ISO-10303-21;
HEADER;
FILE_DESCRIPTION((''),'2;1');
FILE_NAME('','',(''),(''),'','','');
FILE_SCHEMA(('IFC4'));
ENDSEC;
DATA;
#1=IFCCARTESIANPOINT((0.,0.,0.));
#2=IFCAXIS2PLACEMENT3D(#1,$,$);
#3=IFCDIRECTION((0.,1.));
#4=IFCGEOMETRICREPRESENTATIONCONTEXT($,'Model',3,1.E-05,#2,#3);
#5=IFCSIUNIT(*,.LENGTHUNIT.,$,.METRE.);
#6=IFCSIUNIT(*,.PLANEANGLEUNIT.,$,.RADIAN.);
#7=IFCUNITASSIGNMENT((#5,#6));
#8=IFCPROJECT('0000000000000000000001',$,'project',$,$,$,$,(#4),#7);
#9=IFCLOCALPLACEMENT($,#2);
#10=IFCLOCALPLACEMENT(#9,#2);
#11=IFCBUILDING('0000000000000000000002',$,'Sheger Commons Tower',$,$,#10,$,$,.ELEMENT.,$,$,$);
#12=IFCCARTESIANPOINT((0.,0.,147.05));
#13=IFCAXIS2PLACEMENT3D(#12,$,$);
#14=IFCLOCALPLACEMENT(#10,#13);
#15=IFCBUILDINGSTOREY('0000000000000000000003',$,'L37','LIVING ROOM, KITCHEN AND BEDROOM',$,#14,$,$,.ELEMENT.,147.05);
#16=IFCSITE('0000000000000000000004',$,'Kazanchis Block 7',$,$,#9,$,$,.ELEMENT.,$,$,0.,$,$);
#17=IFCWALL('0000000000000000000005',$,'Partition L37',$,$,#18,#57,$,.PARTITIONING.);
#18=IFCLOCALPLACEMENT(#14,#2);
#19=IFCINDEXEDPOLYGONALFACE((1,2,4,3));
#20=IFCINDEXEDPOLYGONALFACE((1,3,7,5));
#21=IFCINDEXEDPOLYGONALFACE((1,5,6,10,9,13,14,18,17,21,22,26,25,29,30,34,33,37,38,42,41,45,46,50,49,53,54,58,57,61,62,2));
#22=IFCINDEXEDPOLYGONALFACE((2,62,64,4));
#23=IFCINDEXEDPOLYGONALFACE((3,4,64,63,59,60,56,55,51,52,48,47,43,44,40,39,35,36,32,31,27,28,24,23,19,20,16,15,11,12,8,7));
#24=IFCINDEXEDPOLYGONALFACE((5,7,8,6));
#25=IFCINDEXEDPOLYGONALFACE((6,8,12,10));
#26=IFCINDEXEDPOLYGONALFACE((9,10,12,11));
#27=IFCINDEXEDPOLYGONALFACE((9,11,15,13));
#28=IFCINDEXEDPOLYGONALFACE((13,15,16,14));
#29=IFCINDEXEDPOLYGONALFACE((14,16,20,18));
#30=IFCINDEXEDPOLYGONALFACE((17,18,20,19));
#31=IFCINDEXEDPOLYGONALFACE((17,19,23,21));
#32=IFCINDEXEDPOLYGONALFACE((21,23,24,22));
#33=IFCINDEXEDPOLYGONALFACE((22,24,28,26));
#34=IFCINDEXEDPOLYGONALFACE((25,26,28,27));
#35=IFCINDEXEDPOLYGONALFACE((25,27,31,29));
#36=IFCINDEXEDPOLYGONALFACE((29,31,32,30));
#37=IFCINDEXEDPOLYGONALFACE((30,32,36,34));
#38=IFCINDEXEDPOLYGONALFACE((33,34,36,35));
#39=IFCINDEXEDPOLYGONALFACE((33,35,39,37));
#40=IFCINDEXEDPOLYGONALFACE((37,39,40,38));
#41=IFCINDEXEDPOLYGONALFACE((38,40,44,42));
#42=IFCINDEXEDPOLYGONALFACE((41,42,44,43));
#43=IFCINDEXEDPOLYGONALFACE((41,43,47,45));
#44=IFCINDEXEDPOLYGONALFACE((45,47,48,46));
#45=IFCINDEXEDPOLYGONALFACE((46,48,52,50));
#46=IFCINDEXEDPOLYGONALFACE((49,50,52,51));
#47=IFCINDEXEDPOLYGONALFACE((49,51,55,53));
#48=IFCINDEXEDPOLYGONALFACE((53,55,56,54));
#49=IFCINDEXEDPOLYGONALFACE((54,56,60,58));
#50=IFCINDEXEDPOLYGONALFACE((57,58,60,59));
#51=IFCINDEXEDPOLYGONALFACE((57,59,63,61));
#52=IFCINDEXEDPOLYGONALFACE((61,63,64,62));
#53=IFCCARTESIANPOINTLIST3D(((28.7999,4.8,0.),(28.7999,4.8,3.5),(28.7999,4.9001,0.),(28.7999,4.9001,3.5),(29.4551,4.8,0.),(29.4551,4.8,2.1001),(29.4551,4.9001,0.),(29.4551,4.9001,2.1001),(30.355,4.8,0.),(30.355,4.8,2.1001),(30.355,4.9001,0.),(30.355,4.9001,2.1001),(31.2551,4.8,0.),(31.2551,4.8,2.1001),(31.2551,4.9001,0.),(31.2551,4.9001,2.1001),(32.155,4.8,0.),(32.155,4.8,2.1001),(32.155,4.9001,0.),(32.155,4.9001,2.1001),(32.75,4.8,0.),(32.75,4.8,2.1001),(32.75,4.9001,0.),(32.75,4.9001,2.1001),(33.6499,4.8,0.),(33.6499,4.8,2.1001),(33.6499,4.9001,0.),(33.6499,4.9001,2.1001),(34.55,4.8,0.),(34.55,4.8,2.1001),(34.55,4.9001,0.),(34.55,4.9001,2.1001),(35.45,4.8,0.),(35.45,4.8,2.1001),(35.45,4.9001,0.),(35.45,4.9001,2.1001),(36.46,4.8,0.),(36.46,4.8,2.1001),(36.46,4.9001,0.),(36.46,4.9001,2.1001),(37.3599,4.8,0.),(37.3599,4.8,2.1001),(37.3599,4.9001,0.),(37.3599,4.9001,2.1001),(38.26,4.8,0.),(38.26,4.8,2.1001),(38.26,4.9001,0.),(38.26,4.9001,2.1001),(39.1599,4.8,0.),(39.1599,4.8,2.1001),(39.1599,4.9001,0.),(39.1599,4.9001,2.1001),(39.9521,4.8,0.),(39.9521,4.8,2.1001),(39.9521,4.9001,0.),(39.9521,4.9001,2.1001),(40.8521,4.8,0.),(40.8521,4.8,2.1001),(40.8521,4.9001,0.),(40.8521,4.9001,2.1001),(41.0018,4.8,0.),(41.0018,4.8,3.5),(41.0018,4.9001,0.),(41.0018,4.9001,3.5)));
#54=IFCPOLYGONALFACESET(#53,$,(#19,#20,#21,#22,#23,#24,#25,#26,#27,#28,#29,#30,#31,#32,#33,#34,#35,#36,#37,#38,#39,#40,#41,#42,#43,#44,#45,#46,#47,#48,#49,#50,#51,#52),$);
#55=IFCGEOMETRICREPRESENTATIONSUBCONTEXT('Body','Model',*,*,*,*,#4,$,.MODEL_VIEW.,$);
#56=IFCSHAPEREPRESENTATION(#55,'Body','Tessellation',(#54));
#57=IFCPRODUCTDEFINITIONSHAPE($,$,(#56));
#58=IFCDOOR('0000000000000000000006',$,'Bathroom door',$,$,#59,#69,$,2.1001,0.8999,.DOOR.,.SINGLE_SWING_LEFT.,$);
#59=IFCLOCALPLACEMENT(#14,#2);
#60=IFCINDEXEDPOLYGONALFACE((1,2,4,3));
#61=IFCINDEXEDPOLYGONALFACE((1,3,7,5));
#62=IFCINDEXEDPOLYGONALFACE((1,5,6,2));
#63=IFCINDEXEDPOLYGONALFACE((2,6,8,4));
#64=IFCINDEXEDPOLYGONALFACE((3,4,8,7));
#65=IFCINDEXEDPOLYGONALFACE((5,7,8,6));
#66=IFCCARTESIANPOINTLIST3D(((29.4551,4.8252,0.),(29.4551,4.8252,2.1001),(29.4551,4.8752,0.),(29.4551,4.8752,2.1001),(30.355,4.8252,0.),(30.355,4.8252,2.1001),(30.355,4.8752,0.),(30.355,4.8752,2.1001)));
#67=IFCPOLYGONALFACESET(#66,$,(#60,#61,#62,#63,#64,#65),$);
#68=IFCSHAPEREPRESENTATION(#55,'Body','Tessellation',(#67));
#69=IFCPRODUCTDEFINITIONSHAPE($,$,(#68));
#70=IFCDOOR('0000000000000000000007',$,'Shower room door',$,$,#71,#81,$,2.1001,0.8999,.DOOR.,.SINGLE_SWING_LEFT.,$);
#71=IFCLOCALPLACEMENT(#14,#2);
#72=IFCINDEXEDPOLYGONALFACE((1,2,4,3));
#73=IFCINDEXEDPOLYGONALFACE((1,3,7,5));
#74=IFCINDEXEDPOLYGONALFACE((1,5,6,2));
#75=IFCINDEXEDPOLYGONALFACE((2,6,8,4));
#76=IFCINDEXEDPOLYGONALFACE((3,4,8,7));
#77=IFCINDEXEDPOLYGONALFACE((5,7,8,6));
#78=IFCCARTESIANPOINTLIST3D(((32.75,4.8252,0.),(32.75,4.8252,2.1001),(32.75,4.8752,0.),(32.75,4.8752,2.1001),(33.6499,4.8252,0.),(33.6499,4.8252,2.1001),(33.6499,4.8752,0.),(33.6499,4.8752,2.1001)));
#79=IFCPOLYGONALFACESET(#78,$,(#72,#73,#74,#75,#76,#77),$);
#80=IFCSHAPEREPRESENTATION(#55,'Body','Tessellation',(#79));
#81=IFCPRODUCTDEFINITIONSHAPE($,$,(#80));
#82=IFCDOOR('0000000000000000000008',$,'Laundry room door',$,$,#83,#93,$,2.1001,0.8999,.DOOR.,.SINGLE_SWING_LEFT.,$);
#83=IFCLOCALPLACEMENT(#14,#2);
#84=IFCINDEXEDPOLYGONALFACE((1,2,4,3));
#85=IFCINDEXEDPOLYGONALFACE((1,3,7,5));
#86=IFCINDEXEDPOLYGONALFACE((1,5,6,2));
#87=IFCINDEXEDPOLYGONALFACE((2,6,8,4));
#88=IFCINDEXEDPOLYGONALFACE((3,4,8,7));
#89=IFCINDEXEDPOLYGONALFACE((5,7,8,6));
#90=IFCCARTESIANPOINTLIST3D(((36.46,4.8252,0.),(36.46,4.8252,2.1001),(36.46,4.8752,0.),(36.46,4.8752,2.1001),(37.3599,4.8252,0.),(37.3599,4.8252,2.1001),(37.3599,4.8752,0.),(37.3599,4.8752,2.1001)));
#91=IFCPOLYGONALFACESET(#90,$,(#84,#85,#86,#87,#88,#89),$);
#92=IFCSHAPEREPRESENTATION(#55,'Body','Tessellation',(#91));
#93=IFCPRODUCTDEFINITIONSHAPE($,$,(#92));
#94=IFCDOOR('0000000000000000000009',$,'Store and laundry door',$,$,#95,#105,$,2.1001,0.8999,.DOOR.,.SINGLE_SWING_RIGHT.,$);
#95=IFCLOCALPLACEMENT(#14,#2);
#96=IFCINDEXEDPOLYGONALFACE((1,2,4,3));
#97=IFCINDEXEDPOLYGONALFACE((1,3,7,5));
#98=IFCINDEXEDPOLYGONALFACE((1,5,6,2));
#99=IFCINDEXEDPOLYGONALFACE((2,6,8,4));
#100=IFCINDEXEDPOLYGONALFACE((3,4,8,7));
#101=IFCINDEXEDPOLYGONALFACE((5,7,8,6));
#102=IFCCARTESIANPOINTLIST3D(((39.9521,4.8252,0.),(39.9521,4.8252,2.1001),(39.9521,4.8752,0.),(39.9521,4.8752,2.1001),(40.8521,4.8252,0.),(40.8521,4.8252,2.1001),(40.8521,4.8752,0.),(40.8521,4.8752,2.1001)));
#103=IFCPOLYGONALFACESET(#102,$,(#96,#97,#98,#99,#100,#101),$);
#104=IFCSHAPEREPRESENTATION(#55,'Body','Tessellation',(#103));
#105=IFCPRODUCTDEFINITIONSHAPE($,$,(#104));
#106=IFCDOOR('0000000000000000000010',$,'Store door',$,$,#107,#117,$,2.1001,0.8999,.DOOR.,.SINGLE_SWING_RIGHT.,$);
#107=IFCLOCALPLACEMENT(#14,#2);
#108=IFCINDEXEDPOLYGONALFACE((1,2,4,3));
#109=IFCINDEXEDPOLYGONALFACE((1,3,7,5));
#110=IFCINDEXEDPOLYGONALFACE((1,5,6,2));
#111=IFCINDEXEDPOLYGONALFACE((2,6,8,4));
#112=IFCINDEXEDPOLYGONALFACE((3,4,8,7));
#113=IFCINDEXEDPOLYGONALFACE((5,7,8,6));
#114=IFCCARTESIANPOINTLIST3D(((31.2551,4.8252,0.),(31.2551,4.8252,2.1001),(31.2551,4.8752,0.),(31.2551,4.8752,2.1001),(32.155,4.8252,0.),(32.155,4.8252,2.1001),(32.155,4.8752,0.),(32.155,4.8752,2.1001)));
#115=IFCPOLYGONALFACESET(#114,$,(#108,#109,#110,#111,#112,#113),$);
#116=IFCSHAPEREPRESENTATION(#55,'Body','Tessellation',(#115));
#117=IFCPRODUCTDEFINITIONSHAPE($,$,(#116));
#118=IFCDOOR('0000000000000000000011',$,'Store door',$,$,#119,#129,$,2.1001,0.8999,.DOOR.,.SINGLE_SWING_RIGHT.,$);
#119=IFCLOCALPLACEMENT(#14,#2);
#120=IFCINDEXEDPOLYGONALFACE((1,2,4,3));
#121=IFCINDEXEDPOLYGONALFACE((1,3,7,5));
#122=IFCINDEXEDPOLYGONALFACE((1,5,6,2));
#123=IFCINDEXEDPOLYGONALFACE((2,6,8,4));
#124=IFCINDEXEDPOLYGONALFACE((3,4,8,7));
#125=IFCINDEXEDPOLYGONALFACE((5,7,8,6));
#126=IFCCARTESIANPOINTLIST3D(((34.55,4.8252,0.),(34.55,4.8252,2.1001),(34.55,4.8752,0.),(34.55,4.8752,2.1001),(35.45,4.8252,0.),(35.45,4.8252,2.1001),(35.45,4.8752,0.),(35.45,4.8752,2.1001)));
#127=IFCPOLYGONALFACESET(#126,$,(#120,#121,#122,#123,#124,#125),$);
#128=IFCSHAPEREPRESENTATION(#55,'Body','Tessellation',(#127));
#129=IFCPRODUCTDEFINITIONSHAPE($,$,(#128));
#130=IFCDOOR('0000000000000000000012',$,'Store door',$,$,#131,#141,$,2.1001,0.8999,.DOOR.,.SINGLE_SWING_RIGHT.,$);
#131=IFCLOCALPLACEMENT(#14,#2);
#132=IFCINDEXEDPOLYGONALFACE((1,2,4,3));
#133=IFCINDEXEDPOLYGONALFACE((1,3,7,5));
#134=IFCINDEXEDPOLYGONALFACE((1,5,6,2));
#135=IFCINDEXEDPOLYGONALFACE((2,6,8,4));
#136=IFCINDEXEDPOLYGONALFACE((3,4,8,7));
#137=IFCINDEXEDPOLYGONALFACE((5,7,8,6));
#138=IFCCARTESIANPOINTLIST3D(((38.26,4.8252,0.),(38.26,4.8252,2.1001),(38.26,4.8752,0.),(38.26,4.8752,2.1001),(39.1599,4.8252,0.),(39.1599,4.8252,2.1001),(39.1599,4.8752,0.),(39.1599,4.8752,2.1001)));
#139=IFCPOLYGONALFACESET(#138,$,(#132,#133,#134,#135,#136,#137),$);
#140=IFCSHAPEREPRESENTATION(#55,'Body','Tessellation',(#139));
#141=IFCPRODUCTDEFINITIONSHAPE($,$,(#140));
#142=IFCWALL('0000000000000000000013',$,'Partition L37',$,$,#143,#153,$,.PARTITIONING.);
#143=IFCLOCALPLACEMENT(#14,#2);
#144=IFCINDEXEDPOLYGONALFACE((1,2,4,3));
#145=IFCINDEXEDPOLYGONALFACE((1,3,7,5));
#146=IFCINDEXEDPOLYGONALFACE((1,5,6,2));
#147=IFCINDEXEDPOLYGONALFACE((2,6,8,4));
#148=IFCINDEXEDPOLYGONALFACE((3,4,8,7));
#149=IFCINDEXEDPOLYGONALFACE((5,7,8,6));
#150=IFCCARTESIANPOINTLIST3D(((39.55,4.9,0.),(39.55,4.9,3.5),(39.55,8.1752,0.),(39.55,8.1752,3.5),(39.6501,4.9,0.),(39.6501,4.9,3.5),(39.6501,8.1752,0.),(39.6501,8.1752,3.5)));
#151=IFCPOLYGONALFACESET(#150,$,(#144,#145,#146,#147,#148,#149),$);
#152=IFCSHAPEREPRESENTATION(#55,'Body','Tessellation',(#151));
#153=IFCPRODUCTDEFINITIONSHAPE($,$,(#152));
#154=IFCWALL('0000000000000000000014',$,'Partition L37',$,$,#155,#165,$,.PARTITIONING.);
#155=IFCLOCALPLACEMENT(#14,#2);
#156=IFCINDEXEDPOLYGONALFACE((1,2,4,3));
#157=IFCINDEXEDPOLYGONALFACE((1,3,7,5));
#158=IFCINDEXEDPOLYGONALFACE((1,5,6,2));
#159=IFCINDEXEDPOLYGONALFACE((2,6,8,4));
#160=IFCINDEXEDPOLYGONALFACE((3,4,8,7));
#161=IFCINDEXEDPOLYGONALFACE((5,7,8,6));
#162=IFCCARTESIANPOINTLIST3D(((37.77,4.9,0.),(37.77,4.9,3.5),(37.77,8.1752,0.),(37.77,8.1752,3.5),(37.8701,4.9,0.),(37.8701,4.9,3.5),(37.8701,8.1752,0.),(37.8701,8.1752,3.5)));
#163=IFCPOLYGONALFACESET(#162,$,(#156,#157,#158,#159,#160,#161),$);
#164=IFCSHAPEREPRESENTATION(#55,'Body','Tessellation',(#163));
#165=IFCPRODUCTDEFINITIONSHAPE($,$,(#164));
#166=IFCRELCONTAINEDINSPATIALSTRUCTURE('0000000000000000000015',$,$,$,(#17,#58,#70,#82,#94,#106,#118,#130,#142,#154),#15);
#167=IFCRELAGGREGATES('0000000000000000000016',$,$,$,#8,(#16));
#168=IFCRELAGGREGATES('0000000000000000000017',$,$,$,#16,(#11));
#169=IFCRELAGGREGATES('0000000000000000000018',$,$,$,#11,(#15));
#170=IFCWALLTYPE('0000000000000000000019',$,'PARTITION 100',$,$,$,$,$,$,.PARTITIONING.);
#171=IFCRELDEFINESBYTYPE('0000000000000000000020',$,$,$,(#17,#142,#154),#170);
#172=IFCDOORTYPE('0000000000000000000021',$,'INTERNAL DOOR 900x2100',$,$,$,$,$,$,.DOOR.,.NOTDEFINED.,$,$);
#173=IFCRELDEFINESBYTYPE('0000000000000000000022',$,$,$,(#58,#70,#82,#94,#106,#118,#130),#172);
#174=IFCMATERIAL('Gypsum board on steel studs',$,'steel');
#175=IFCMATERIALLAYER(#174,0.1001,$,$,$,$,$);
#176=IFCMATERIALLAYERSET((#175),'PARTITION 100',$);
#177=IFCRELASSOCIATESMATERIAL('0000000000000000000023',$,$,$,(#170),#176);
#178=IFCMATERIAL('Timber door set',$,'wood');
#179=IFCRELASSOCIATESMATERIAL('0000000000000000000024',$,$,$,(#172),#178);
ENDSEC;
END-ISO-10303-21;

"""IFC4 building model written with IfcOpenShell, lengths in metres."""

from ifc_helpers import new_model, si_unit, direction, frame, frame_2d, origin, place, context, subcontext, project, spatial, rectangle, extrude, material, layer, layer_set, type_object, element, fill, save


model = new_model("IFC4")

# Units and contexts
model_context = context("Model", 3, precision=1e-05, world=origin(), true_north=direction((0.0, 1.0)))
body_context = subcontext(model_context, "Body", "Model", "MODEL_VIEW")
ifc_project = project(units=[si_unit("LENGTHUNIT", "METRE"), si_unit("PLANEANGLEUNIT", "RADIAN")], contexts=[model_context])

# Site, building, storey
site_placement = place(None, origin())
site = spatial("IfcSite", under=ifc_project, at=site_placement, Name="Kazanchis Block 7", CompositionType="ELEMENT", RefElevation=0.0)
building_placement = place(site_placement, origin())
building = spatial("IfcBuilding", under=site, at=building_placement, Name="Sheger Commons Tower", CompositionType="ELEMENT")
storey_placement = place(building_placement, frame((0.0, 0.0, 147.05)))
storey = spatial("IfcBuildingStorey", under=building, at=storey_placement, Name="L37", Description="LIVING ROOM, KITCHEN AND BEDROOM", CompositionType="ELEMENT", Elevation=147.05)

# Wall, openings, doors
ifc_material_1 = material(Name="Gypsum board on steel studs", Category="steel")
ifc_layer_1 = layer(ifc_material_1, 0.1001)
ifc_layer_set_1 = layer_set([ifc_layer_1], Name="PARTITION 100")
wall_type_1 = type_object("IfcWallType", Name="PARTITION 100", PredefinedType="PARTITIONING", material=ifc_layer_set_1)
ifc_material_2 = material(Name="Timber door set", Category="wood")
door_type = type_object("IfcDoorType", Name="INTERNAL DOOR 900x2100", OperationType="NOTDEFINED", PredefinedType="DOOR", material=ifc_material_2)
wall_1_placement = place(storey_placement, frame((41.002, 4.8501, 0.0), z_axis=(0.0, 0.0, 1.0), x_axis=(-1.0, 0.0, 0.0)))
wall_1 = element("IfcWall", 1, at=wall_1_placement, inside=storey, type_object=wall_type_1, Name="Partition L37", PredefinedType="PARTITIONING", context=body_context, shape_type="SweptSolid", body=[
    extrude(rectangle(XDim=12.2019, YDim=0.1001, at=frame_2d((6.1011, 0.0))), origin(), (0.0, 0.0, 1.0), 3.5),
])
opening_1_placement = place(wall_1_placement, frame((10.647, 0.0, 0.0)))
opening_1 = element("IfcOpeningElement", 2, at=opening_1_placement, cuts=wall_1, PredefinedType="OPENING", context=body_context, shape_type="SweptSolid", body=[
    extrude(rectangle(XDim=0.8999, YDim=2.1001, at=frame_2d((0.45, 1.05))), frame((0.0, 0.0601, 0.0), z_axis=(0.0, -1.0, 0.0), x_axis=(1.0, 0.0, 0.0)), (0.0, 0.0, 1.0), 0.1201),
])
opening_2_placement = place(wall_1_placement, frame((7.3521, 0.0, 0.0)))
opening_2 = element("IfcOpeningElement", 3, at=opening_2_placement, cuts=wall_1, PredefinedType="OPENING", context=body_context, shape_type="SweptSolid", body=[
    extrude(rectangle(XDim=0.8999, YDim=2.1001, at=frame_2d((0.45, 1.05))), frame((0.0, 0.0601, 0.0), z_axis=(0.0, -1.0, 0.0), x_axis=(1.0, 0.0, 0.0)), (0.0, 0.0, 1.0), 0.1201),
])
opening_3_placement = place(wall_1_placement, frame((3.6421, 0.0, 0.0)))
opening_3 = element("IfcOpeningElement", 4, at=opening_3_placement, cuts=wall_1, PredefinedType="OPENING", context=body_context, shape_type="SweptSolid", body=[
    extrude(rectangle(XDim=0.8999, YDim=2.1001, at=frame_2d((0.45, 1.05))), frame((0.0, 0.0601, 0.0), z_axis=(0.0, -1.0, 0.0), x_axis=(1.0, 0.0, 0.0)), (0.0, 0.0, 1.0), 0.1201),
])
opening_4_placement = place(wall_1_placement, frame((0.1499, 0.0, 0.0)))
opening_4 = element("IfcOpeningElement", 5, at=opening_4_placement, cuts=wall_1, PredefinedType="OPENING", context=body_context, shape_type="SweptSolid", body=[
    extrude(rectangle(XDim=0.8999, YDim=2.1001, at=frame_2d((0.45, 1.05))), frame((0.0, 0.0601, 0.0), z_axis=(0.0, -1.0, 0.0), x_axis=(1.0, 0.0, 0.0)), (0.0, 0.0, 1.0), 0.1201),
])
opening_5_placement = place(wall_1_placement, frame((8.8469, 0.0, 0.0)))
opening_5 = element("IfcOpeningElement", 6, at=opening_5_placement, cuts=wall_1, PredefinedType="OPENING", context=body_context, shape_type="SweptSolid", body=[
    extrude(rectangle(XDim=0.8999, YDim=2.1001, at=frame_2d((0.45, 1.05))), frame((0.0, 0.0601, 0.0), z_axis=(0.0, -1.0, 0.0), x_axis=(1.0, 0.0, 0.0)), (0.0, 0.0, 1.0), 0.1201),
])
opening_6_placement = place(wall_1_placement, frame((5.552, 0.0, 0.0)))
opening_6 = element("IfcOpeningElement", 7, at=opening_6_placement, cuts=wall_1, PredefinedType="OPENING", context=body_context, shape_type="SweptSolid", body=[
    extrude(rectangle(XDim=0.8999, YDim=2.1001, at=frame_2d((0.45, 1.05))), frame((0.0, 0.0601, 0.0), z_axis=(0.0, -1.0, 0.0), x_axis=(1.0, 0.0, 0.0)), (0.0, 0.0, 1.0), 0.1201),
])
opening_7_placement = place(wall_1_placement, frame((1.842, 0.0, 0.0)))
opening_7 = element("IfcOpeningElement", 8, at=opening_7_placement, cuts=wall_1, PredefinedType="OPENING", context=body_context, shape_type="SweptSolid", body=[
    extrude(rectangle(XDim=0.8999, YDim=2.1001, at=frame_2d((0.45, 1.05))), frame((0.0, 0.0601, 0.0), z_axis=(0.0, -1.0, 0.0), x_axis=(1.0, 0.0, 0.0)), (0.0, 0.0, 1.0), 0.1201),
])
door_1_placement = place(opening_1_placement, origin())
door_1 = element("IfcDoor", 9, at=door_1_placement, inside=storey, type_object=door_type, Name="Bathroom door", OperationType="SINGLE_SWING_LEFT", OverallHeight=2.1001, OverallWidth=0.8999, PredefinedType="DOOR", context=body_context, shape_type="SweptSolid", body=[
    extrude(rectangle(XDim=0.8999, YDim=2.1001, at=frame_2d((0.45, 1.05))), frame((0.0, 0.0249, 0.0), z_axis=(0.0, -1.0, 0.0), x_axis=(1.0, 0.0, 0.0)), (0.0, 0.0, 1.0), 0.05),
])
fill(opening_1, door_1)
door_2_placement = place(opening_2_placement, origin())
door_2 = element("IfcDoor", 10, at=door_2_placement, inside=storey, type_object=door_type, Name="Shower room door", OperationType="SINGLE_SWING_LEFT", OverallHeight=2.1001, OverallWidth=0.8999, PredefinedType="DOOR", context=body_context, shape_type="SweptSolid", body=[
    extrude(rectangle(XDim=0.8999, YDim=2.1001, at=frame_2d((0.45, 1.05))), frame((0.0, 0.0249, 0.0), z_axis=(0.0, -1.0, 0.0), x_axis=(1.0, 0.0, 0.0)), (0.0, 0.0, 1.0), 0.05),
])
fill(opening_2, door_2)
door_3_placement = place(opening_3_placement, origin())
door_3 = element("IfcDoor", 11, at=door_3_placement, inside=storey, type_object=door_type, Name="Laundry room door", OperationType="SINGLE_SWING_LEFT", OverallHeight=2.1001, OverallWidth=0.8999, PredefinedType="DOOR", context=body_context, shape_type="SweptSolid", body=[
    extrude(rectangle(XDim=0.8999, YDim=2.1001, at=frame_2d((0.45, 1.05))), frame((0.0, 0.0249, 0.0), z_axis=(0.0, -1.0, 0.0), x_axis=(1.0, 0.0, 0.0)), (0.0, 0.0, 1.0), 0.05),
])
fill(opening_3, door_3)
door_4_placement = place(opening_4_placement, origin())
door_4 = element("IfcDoor", 12, at=door_4_placement, inside=storey, type_object=door_type, Name="Store and laundry door", OperationType="SINGLE_SWING_RIGHT", OverallHeight=2.1001, OverallWidth=0.8999, PredefinedType="DOOR", context=body_context, shape_type="SweptSolid", body=[
    extrude(rectangle(XDim=0.8999, YDim=2.1001, at=frame_2d((0.45, 1.05))), frame((0.0, 0.0249, 0.0), z_axis=(0.0, -1.0, 0.0), x_axis=(1.0, 0.0, 0.0)), (0.0, 0.0, 1.0), 0.05),
])
fill(opening_4, door_4)
door_5_placement = place(opening_5_placement, origin())
door_5 = element("IfcDoor", 13, at=door_5_placement, inside=storey, type_object=door_type, Name="Store door", OperationType="SINGLE_SWING_RIGHT", OverallHeight=2.1001, OverallWidth=0.8999, PredefinedType="DOOR", context=body_context, shape_type="SweptSolid", body=[
    extrude(rectangle(XDim=0.8999, YDim=2.1001, at=frame_2d((0.45, 1.05))), frame((0.0, 0.0249, 0.0), z_axis=(0.0, -1.0, 0.0), x_axis=(1.0, 0.0, 0.0)), (0.0, 0.0, 1.0), 0.05),
])
fill(opening_5, door_5)
door_6_placement = place(opening_6_placement, origin())
door_6 = element("IfcDoor", 14, at=door_6_placement, inside=storey, type_object=door_type, Name="Store door", OperationType="SINGLE_SWING_RIGHT", OverallHeight=2.1001, OverallWidth=0.8999, PredefinedType="DOOR", context=body_context, shape_type="SweptSolid", body=[
    extrude(rectangle(XDim=0.8999, YDim=2.1001, at=frame_2d((0.45, 1.05))), frame((0.0, 0.0249, 0.0), z_axis=(0.0, -1.0, 0.0), x_axis=(1.0, 0.0, 0.0)), (0.0, 0.0, 1.0), 0.05),
])
fill(opening_6, door_6)
door_7_placement = place(opening_7_placement, origin())
door_7 = element("IfcDoor", 15, at=door_7_placement, inside=storey, type_object=door_type, Name="Store door", OperationType="SINGLE_SWING_RIGHT", OverallHeight=2.1001, OverallWidth=0.8999, PredefinedType="DOOR", context=body_context, shape_type="SweptSolid", body=[
    extrude(rectangle(XDim=0.8999, YDim=2.1001, at=frame_2d((0.45, 1.05))), frame((0.0, 0.0249, 0.0), z_axis=(0.0, -1.0, 0.0), x_axis=(1.0, 0.0, 0.0)), (0.0, 0.0, 1.0), 0.05),
])
fill(opening_7, door_7)

# Walls
for number, where, z_axis, x_axis, name in (
    (16, (39.6001, 4.8999, 0.0), (0.0, 0.0, 1.0), (0.0, 1.0, 0.0), "Partition L37"),
    (17, (37.8201, 4.8999, 0.0), (0.0, 0.0, 1.0), (0.0, 1.0, 0.0), "Partition L37"),
):
    element("IfcWall", number, at=place(storey_placement, frame(where, z_axis=z_axis, x_axis=x_axis)), inside=storey, type_object=wall_type_1, Name=name, PredefinedType="PARTITIONING", context=body_context, shape_type="SweptSolid", body=[
        extrude(rectangle(XDim=3.2751, YDim=0.1001, at=frame_2d((1.6377, 0.0))), origin(), (0.0, 0.0, 1.0), 3.5),
    ])

save(model, "model.ifc")
